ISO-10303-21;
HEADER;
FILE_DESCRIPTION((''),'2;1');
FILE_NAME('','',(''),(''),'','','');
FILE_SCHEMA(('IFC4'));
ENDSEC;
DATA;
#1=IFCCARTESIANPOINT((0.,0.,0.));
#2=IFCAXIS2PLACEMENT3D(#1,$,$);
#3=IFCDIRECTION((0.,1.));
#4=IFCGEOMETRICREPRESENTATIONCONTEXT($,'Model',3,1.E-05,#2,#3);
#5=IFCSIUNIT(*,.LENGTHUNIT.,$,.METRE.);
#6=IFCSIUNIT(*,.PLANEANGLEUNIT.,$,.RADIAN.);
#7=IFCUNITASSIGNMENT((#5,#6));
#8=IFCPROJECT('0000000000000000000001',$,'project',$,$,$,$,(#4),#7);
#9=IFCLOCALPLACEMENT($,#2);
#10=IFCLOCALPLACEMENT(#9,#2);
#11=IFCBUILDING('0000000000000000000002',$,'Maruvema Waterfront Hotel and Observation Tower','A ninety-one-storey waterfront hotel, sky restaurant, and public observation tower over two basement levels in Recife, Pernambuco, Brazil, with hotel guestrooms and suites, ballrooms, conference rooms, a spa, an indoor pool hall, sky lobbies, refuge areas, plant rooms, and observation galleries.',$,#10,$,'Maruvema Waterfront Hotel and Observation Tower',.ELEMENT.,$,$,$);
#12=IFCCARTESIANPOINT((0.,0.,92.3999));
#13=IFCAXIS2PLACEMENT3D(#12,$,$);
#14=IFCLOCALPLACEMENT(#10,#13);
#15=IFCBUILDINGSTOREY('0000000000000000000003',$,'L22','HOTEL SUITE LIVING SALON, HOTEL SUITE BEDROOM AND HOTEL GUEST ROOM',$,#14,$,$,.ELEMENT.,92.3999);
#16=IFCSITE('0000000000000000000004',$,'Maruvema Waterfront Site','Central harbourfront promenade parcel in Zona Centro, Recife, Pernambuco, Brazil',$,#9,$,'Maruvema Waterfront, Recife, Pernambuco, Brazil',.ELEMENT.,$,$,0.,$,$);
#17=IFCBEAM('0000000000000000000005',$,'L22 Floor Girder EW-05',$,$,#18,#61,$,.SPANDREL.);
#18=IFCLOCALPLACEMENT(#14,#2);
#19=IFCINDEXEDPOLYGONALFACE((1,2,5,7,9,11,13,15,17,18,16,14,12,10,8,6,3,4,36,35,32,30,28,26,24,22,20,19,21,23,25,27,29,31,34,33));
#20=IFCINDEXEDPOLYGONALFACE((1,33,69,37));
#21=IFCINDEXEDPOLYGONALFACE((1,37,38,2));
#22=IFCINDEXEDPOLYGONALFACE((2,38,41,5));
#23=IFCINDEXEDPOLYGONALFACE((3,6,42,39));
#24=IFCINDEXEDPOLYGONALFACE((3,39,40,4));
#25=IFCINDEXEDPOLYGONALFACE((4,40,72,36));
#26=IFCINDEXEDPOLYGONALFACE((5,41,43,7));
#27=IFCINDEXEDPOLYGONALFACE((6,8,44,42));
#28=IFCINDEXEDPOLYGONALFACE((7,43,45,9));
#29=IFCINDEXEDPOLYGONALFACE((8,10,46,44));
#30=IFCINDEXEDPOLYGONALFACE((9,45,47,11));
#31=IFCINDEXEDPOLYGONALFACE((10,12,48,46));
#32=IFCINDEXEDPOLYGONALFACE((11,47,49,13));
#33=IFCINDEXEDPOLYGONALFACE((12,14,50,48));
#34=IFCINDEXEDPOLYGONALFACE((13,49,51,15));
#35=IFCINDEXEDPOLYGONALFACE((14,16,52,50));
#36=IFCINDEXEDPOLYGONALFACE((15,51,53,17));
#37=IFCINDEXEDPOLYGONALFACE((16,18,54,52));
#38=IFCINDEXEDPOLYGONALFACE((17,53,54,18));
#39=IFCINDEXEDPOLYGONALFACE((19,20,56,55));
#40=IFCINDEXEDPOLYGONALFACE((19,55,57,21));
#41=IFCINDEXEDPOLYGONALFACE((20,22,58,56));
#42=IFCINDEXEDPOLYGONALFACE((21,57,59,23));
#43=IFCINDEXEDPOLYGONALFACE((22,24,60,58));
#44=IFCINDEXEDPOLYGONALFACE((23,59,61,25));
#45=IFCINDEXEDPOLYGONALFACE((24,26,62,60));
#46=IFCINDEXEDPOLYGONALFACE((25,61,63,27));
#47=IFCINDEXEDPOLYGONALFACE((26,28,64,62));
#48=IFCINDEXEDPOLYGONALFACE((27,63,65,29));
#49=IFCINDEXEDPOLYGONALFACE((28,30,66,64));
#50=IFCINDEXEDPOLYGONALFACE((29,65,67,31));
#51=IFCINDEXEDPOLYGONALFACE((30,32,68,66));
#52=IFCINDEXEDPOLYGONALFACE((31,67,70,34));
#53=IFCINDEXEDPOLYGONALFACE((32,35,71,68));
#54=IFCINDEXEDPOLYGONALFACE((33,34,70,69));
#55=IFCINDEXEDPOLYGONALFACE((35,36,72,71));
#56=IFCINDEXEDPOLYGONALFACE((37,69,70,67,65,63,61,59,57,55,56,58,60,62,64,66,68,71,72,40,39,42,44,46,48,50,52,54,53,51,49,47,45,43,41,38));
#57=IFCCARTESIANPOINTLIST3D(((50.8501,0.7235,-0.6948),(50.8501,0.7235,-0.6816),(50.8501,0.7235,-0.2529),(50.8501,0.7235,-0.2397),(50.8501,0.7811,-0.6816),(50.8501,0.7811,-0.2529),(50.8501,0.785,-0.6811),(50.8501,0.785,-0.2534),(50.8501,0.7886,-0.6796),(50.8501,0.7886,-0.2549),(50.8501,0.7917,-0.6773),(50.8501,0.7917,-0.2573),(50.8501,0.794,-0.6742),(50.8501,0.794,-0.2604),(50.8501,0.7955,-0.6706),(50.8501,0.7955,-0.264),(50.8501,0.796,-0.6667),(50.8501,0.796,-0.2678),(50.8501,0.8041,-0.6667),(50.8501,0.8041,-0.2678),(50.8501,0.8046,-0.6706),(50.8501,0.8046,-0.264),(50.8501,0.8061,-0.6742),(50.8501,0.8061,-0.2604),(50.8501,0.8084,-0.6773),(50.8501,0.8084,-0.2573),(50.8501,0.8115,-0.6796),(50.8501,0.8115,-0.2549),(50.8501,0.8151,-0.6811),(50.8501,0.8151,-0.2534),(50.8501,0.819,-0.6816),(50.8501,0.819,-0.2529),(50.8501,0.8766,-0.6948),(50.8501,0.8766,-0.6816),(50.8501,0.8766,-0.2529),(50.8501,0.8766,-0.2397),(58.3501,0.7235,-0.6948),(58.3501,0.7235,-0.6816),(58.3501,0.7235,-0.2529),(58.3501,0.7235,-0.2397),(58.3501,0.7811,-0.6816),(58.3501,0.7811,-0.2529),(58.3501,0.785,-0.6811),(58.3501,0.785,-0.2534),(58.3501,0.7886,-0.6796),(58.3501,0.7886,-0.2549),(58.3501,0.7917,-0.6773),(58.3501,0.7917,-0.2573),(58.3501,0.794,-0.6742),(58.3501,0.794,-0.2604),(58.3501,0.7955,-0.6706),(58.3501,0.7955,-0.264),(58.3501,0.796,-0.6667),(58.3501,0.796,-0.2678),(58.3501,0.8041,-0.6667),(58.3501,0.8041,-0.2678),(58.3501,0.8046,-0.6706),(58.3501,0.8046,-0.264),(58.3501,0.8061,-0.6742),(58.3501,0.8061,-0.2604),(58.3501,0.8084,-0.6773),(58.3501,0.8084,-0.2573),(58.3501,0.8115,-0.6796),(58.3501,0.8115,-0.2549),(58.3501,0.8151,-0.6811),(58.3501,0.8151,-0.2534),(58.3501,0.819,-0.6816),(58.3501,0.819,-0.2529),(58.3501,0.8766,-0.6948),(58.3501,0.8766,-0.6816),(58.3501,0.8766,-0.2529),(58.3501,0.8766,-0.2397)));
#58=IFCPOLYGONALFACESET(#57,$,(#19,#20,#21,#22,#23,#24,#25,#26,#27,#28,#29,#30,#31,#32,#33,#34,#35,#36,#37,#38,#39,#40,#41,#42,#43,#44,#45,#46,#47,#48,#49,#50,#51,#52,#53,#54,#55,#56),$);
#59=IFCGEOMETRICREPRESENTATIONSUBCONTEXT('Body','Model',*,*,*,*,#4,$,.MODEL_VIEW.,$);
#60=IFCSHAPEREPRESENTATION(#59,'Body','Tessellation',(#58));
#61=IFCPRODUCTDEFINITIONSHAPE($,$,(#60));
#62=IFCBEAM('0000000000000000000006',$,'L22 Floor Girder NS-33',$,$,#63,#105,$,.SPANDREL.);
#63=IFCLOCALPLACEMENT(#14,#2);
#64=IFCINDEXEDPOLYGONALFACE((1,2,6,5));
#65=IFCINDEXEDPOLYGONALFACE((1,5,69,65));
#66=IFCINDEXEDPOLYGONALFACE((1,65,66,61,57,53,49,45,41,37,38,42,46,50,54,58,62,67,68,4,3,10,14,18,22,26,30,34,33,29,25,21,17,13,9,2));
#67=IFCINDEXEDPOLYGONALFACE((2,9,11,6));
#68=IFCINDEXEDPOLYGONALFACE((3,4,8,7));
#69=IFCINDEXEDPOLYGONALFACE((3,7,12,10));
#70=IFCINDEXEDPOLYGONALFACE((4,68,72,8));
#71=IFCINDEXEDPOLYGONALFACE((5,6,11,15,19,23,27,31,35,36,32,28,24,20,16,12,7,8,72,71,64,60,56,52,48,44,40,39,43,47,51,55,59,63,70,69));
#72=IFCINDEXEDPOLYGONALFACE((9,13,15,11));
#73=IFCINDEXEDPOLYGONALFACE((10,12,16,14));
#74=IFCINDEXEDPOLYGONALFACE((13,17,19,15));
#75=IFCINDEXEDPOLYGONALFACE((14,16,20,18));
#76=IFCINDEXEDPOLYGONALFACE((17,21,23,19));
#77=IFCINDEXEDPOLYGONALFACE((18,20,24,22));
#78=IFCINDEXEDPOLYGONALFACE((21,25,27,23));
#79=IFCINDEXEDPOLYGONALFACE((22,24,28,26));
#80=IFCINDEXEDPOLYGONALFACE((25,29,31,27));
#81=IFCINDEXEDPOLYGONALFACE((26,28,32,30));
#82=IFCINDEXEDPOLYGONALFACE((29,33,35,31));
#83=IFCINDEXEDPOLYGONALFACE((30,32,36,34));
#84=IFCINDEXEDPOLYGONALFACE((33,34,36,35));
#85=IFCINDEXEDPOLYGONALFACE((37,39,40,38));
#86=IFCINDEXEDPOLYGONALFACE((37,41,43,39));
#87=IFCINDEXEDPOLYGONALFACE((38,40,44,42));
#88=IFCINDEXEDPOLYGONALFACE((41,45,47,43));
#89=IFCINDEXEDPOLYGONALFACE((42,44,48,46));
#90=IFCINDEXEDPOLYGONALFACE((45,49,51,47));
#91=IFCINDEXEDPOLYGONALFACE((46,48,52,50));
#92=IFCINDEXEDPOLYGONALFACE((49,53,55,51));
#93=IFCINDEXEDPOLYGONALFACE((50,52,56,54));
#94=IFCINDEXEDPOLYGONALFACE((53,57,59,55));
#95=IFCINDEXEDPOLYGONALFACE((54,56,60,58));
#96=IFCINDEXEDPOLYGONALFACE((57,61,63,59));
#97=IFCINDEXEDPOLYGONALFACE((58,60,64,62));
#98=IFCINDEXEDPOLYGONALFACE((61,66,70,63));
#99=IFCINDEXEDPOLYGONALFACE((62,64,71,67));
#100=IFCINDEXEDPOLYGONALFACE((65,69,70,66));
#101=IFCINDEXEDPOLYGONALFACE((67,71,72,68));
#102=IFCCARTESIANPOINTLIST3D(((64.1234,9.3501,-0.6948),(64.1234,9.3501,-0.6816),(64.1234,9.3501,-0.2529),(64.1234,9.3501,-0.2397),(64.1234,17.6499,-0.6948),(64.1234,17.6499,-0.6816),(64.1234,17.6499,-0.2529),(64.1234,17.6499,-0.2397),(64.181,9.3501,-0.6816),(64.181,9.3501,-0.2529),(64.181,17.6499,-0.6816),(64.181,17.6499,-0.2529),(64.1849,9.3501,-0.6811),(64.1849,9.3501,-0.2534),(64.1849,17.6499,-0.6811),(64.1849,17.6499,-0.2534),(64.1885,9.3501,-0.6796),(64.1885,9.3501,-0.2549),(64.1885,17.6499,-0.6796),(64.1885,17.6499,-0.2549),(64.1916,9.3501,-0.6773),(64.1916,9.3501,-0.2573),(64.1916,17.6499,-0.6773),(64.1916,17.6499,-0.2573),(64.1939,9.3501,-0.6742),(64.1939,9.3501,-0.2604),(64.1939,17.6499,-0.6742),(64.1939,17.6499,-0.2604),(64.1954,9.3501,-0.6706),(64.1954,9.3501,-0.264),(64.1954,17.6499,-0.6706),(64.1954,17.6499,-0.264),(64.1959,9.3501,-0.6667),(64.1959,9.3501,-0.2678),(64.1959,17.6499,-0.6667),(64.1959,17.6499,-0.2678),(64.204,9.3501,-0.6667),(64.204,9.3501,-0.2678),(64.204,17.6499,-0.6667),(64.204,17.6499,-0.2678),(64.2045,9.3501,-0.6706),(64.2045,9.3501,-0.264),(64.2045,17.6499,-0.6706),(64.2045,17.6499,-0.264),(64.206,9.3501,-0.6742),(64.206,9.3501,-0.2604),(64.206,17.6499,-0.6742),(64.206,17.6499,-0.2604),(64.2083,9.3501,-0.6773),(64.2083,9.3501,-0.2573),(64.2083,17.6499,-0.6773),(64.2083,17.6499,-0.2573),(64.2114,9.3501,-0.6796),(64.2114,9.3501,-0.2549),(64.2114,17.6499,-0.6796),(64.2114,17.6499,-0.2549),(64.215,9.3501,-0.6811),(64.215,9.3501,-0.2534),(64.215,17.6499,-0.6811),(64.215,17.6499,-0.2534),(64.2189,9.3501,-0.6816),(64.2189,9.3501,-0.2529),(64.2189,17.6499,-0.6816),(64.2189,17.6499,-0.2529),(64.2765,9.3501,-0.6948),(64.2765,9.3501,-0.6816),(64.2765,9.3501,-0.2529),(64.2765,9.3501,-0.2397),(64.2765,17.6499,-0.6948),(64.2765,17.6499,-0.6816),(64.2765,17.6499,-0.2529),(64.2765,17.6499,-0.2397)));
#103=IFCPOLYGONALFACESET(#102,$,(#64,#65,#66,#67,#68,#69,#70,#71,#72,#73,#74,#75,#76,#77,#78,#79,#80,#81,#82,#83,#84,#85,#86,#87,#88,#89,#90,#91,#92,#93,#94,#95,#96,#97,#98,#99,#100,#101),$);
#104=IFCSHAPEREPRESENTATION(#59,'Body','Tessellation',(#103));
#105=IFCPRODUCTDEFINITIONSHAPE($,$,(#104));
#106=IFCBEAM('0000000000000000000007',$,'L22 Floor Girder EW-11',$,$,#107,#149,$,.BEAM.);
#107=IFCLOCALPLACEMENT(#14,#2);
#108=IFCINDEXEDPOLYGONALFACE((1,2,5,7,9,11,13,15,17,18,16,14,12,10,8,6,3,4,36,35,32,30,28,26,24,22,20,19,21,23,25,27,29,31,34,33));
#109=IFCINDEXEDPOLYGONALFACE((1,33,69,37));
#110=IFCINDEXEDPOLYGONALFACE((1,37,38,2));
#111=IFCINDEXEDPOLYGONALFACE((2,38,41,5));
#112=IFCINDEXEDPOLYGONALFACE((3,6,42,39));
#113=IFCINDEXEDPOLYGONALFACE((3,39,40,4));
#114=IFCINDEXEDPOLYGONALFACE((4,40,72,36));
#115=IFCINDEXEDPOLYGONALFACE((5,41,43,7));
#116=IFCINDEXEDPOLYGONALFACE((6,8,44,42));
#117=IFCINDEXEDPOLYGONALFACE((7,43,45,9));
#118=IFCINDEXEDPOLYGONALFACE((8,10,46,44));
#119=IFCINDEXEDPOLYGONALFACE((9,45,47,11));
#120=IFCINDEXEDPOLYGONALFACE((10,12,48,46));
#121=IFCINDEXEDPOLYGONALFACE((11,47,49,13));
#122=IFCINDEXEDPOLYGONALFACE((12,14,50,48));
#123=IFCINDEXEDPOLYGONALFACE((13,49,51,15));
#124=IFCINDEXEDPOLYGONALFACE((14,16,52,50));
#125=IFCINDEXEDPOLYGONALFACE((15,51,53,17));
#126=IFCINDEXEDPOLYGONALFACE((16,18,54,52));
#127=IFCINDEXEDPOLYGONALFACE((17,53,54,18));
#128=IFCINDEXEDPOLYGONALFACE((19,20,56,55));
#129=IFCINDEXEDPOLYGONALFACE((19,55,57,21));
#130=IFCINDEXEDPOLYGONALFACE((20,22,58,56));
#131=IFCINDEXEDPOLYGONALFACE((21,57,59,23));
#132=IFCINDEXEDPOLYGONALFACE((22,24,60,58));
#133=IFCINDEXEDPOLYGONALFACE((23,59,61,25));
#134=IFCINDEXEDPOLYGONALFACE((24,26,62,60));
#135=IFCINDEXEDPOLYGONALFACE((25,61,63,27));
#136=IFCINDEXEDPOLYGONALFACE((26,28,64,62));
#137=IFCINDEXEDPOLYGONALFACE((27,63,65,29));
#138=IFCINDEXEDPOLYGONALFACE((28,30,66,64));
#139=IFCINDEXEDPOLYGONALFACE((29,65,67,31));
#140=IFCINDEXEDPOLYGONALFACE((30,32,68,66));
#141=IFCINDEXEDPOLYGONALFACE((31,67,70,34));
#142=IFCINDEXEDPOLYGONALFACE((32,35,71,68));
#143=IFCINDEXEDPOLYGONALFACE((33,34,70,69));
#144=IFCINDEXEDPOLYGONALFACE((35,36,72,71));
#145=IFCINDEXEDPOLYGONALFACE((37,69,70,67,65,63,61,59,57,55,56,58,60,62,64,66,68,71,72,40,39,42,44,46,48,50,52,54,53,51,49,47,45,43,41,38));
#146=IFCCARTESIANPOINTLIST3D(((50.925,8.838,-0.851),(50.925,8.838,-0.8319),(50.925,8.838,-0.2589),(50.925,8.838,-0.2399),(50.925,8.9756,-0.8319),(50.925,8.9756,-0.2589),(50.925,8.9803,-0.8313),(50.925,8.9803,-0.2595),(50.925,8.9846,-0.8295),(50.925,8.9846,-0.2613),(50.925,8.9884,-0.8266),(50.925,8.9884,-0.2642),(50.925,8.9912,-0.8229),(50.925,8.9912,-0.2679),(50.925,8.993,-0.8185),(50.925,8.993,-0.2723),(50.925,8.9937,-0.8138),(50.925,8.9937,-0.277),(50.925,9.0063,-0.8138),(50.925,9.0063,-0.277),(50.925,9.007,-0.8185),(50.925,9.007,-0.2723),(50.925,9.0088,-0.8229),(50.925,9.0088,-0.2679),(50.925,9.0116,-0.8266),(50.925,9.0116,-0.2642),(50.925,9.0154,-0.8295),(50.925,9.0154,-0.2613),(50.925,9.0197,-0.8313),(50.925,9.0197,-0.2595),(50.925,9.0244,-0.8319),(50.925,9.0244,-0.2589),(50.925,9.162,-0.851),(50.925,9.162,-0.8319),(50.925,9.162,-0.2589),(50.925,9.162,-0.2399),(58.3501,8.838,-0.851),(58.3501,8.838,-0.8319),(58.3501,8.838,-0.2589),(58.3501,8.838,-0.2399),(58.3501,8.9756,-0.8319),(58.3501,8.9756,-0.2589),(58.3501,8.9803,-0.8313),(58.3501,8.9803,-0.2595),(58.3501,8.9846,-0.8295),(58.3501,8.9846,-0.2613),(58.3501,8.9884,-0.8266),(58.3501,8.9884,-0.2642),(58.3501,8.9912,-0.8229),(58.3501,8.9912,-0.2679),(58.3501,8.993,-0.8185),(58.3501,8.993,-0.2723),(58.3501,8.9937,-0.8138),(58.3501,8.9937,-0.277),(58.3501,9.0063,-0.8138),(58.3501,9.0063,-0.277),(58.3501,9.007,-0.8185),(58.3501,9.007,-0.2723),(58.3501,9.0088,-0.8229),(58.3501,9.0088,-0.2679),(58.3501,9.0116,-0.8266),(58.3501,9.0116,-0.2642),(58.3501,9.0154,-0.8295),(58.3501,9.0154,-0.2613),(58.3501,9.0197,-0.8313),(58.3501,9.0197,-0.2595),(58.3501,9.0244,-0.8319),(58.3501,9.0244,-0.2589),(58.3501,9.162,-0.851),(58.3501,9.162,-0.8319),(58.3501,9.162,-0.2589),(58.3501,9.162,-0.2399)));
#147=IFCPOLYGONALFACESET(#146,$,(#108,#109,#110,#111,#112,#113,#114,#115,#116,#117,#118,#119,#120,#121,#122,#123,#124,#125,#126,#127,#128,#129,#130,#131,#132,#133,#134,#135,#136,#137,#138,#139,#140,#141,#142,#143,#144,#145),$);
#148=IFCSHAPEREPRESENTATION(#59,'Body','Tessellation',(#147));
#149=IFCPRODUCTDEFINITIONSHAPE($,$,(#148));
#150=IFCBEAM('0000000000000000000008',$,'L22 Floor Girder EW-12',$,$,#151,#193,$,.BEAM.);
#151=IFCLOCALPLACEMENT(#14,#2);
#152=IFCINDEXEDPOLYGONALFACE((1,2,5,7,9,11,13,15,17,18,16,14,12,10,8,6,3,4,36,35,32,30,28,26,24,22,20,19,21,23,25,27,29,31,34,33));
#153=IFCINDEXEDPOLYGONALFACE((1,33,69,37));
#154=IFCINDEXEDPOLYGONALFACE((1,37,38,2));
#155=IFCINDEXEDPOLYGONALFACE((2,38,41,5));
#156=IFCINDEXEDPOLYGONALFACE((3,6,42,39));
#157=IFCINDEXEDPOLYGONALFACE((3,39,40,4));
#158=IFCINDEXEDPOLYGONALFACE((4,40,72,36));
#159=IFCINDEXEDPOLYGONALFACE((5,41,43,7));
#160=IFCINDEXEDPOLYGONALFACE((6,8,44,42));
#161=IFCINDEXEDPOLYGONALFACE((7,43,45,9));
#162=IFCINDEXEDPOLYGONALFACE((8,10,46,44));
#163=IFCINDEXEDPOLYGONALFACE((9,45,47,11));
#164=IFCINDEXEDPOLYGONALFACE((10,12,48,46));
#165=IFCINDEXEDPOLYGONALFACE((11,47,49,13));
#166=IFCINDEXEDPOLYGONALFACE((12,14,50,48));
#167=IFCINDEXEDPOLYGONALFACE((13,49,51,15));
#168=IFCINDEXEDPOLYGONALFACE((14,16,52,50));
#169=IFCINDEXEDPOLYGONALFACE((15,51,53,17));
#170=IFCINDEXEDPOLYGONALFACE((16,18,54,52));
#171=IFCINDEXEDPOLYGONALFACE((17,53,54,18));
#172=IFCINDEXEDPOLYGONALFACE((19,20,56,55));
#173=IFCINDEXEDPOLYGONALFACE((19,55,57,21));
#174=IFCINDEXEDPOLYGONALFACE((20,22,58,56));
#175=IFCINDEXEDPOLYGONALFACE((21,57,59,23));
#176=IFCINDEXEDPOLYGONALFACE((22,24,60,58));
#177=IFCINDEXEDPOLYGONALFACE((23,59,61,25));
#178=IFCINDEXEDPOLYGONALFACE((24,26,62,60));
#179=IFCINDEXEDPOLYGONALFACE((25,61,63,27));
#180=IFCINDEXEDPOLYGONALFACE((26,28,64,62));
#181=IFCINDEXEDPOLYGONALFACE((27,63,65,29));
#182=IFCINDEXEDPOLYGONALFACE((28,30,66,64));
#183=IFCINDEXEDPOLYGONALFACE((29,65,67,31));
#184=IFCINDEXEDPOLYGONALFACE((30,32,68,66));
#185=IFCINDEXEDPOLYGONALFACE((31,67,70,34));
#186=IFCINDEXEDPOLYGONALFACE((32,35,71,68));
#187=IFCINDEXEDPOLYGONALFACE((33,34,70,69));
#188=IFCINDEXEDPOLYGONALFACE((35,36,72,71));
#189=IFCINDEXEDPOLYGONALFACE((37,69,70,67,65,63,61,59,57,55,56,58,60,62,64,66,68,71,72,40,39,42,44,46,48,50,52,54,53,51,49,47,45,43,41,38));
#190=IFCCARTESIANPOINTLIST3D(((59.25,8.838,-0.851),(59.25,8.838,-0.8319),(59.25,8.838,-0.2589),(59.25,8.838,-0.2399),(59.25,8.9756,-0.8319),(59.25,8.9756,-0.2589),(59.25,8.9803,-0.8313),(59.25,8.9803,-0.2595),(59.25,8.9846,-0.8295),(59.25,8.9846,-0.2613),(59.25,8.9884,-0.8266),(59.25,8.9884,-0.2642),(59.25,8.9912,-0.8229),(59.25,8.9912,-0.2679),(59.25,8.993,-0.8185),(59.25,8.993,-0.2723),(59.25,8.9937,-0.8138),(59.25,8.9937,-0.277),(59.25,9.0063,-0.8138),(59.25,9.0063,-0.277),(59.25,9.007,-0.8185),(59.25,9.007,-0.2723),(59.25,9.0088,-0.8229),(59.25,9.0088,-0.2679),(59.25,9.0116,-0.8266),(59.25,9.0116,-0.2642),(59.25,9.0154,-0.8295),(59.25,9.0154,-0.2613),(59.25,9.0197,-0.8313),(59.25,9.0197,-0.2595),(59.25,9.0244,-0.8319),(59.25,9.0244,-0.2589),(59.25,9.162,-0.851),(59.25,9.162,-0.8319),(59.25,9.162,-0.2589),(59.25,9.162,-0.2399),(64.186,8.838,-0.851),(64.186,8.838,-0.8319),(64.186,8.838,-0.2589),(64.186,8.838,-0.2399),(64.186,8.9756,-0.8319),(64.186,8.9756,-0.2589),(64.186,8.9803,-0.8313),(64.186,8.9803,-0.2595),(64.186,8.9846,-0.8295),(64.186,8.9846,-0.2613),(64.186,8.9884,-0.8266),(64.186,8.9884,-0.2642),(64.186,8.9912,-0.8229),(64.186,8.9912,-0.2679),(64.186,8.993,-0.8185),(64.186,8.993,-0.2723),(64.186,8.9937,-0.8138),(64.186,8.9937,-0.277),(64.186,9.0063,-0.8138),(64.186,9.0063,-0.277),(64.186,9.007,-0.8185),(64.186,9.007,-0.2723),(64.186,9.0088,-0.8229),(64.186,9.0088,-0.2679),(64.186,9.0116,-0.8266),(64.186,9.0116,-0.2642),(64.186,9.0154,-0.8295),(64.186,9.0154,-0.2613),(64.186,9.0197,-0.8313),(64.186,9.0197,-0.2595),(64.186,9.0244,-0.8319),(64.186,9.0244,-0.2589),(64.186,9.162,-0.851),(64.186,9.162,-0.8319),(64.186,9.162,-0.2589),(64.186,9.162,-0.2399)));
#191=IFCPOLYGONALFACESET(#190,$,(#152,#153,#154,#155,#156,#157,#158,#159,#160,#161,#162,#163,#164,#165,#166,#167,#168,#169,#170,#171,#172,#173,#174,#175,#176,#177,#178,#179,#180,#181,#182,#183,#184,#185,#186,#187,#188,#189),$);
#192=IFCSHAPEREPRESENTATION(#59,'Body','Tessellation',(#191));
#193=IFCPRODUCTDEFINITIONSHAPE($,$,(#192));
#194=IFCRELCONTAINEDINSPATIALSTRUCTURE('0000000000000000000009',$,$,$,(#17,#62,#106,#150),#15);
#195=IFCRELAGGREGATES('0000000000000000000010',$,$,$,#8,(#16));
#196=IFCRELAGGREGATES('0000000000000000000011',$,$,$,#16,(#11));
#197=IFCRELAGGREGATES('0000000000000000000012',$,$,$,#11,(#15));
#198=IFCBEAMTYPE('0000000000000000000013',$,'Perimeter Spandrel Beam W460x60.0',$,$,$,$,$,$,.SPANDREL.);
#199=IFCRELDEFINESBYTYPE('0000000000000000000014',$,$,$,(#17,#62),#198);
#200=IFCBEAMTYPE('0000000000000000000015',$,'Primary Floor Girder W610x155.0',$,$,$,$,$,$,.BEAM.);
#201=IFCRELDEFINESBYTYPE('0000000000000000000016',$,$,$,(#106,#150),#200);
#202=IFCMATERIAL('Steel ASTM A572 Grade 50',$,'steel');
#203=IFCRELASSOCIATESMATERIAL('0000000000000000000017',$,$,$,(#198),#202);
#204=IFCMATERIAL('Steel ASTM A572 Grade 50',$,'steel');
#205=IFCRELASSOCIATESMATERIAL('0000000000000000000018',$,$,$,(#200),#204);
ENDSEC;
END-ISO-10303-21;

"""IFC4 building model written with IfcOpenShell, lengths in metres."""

from ifc_helpers import new_model, si_unit, direction, frame, origin, origin_2d, place, context, subcontext, project, spatial, i_section, extrude, material, material_profile, profile_set, type_object, element, save


model = new_model("IFC4")

# Units and contexts
model_context = context("Model", 3, precision=1e-05, world=origin(), true_north=direction((0.0, 1.0)))
body_context = subcontext(model_context, "Body", "Model", "MODEL_VIEW")
ifc_project = project(units=[si_unit("LENGTHUNIT", "METRE"), si_unit("PLANEANGLEUNIT", "RADIAN")], contexts=[model_context])

# Site, building, storey
site_placement = place(None, origin())
site = spatial("IfcSite", under=ifc_project, at=site_placement, Name="Maruvema Waterfront Site", Description="Central harbourfront promenade parcel in Zona Centro, Recife, Pernambuco, Brazil", LongName="Maruvema Waterfront, Recife, Pernambuco, Brazil", CompositionType="ELEMENT", RefElevation=0.0)
building_placement = place(site_placement, origin())
building = spatial("IfcBuilding", under=site, at=building_placement, Name="Maruvema Waterfront Hotel and Observation Tower", Description="A ninety-one-storey waterfront hotel, sky restaurant, and public observation tower over two basement levels in Recife, Pernambuco, Brazil, with hotel guestrooms and suites, ballrooms, conference rooms, a spa, an indoor pool hall, sky lobbies, refuge areas, plant rooms, and observation galleries.", LongName="Maruvema Waterfront Hotel and Observation Tower", CompositionType="ELEMENT")
storey_placement = place(building_placement, frame((0.0, 0.0, 92.3999)))
storey = spatial("IfcBuildingStorey", under=building, at=storey_placement, Name="L22", Description="HOTEL SUITE LIVING SALON, HOTEL SUITE BEDROOM AND HOTEL GUEST ROOM", CompositionType="ELEMENT", Elevation=92.3999)

# Beams
ifc_material_1 = material(Name="Steel ASTM A572 Grade 50", Category="steel")
ifc_material_profile_1 = material_profile(ifc_material_1, i_section(OverallWidth=0.1531, OverallDepth=0.4551, WebThickness=0.0081, FlangeThickness=0.0132, FilletRadius=0.0149, at=origin_2d()), Name="W460x60.0")
ifc_profile_set_1 = profile_set([ifc_material_profile_1], Name="Steel ASTM A572 Grade 50")
beam_type_1 = type_object("IfcBeamType", Name="Perimeter Spandrel Beam W460x60.0", PredefinedType="SPANDREL", material=ifc_profile_set_1)
beam_1_placement = place(storey_placement, frame((50.8501, 0.8, -0.4673), z_axis=(1.0, 0.0, 0.0), x_axis=(0.0, 1.0, 0.0)))
element("IfcBeam", 1, at=beam_1_placement, inside=storey, type_object=beam_type_1, Name="L22 Floor Girder EW-05", PredefinedType="SPANDREL", context=body_context, shape_type="SweptSolid", body=[
    extrude(i_section(OverallWidth=0.1531, OverallDepth=0.4551, WebThickness=0.0081, FlangeThickness=0.0132, FilletRadius=0.0149, at=origin_2d()), origin(), (0.0, 0.0, 1.0), 7.5),
])
beam_2_placement = place(storey_placement, frame((64.2, 9.3501, -0.4673), z_axis=(0.0, 1.0, 0.0), x_axis=(-1.0, 0.0, 0.0)))
element("IfcBeam", 2, at=beam_2_placement, inside=storey, type_object=beam_type_1, Name="L22 Floor Girder NS-33", PredefinedType="SPANDREL", context=body_context, shape_type="SweptSolid", body=[
    extrude(i_section(OverallWidth=0.1531, OverallDepth=0.4551, WebThickness=0.0081, FlangeThickness=0.0132, FilletRadius=0.0149, at=origin_2d()), origin(), (0.0, 0.0, 1.0), 8.2998),
])
ifc_material_2 = material(Name="Steel ASTM A572 Grade 50", Category="steel")
ifc_material_profile_2 = material_profile(ifc_material_2, i_section(OverallWidth=0.324, OverallDepth=0.6111, WebThickness=0.0127, FlangeThickness=0.019, FilletRadius=0.0181, at=origin_2d()), Name="W610x155.0")
ifc_profile_set_2 = profile_set([ifc_material_profile_2], Name="Steel ASTM A572 Grade 50")
beam_type_2 = type_object("IfcBeamType", Name="Primary Floor Girder W610x155.0", PredefinedType="BEAM", material=ifc_profile_set_2)
beam_3_placement = place(storey_placement, frame((50.925, 9.0, -0.5454), z_axis=(1.0, 0.0, 0.0), x_axis=(0.0, 1.0, 0.0)))
element("IfcBeam", 3, at=beam_3_placement, inside=storey, type_object=beam_type_2, Name="L22 Floor Girder EW-11", PredefinedType="BEAM", context=body_context, shape_type="SweptSolid", body=[
    extrude(i_section(OverallWidth=0.324, OverallDepth=0.6111, WebThickness=0.0127, FlangeThickness=0.019, FilletRadius=0.0181, at=origin_2d()), origin(), (0.0, 0.0, 1.0), 7.425),
])
beam_4_placement = place(storey_placement, frame((59.25, 9.0, -0.5454), z_axis=(1.0, 0.0, 0.0), x_axis=(0.0, 1.0, 0.0)))
element("IfcBeam", 4, at=beam_4_placement, inside=storey, type_object=beam_type_2, Name="L22 Floor Girder EW-12", PredefinedType="BEAM", context=body_context, shape_type="SweptSolid", body=[
    extrude(i_section(OverallWidth=0.324, OverallDepth=0.6111, WebThickness=0.0127, FlangeThickness=0.019, FilletRadius=0.0181, at=origin_2d()), origin(), (0.0, 0.0, 1.0), 4.936),
])

save(model, "model.ifc")
